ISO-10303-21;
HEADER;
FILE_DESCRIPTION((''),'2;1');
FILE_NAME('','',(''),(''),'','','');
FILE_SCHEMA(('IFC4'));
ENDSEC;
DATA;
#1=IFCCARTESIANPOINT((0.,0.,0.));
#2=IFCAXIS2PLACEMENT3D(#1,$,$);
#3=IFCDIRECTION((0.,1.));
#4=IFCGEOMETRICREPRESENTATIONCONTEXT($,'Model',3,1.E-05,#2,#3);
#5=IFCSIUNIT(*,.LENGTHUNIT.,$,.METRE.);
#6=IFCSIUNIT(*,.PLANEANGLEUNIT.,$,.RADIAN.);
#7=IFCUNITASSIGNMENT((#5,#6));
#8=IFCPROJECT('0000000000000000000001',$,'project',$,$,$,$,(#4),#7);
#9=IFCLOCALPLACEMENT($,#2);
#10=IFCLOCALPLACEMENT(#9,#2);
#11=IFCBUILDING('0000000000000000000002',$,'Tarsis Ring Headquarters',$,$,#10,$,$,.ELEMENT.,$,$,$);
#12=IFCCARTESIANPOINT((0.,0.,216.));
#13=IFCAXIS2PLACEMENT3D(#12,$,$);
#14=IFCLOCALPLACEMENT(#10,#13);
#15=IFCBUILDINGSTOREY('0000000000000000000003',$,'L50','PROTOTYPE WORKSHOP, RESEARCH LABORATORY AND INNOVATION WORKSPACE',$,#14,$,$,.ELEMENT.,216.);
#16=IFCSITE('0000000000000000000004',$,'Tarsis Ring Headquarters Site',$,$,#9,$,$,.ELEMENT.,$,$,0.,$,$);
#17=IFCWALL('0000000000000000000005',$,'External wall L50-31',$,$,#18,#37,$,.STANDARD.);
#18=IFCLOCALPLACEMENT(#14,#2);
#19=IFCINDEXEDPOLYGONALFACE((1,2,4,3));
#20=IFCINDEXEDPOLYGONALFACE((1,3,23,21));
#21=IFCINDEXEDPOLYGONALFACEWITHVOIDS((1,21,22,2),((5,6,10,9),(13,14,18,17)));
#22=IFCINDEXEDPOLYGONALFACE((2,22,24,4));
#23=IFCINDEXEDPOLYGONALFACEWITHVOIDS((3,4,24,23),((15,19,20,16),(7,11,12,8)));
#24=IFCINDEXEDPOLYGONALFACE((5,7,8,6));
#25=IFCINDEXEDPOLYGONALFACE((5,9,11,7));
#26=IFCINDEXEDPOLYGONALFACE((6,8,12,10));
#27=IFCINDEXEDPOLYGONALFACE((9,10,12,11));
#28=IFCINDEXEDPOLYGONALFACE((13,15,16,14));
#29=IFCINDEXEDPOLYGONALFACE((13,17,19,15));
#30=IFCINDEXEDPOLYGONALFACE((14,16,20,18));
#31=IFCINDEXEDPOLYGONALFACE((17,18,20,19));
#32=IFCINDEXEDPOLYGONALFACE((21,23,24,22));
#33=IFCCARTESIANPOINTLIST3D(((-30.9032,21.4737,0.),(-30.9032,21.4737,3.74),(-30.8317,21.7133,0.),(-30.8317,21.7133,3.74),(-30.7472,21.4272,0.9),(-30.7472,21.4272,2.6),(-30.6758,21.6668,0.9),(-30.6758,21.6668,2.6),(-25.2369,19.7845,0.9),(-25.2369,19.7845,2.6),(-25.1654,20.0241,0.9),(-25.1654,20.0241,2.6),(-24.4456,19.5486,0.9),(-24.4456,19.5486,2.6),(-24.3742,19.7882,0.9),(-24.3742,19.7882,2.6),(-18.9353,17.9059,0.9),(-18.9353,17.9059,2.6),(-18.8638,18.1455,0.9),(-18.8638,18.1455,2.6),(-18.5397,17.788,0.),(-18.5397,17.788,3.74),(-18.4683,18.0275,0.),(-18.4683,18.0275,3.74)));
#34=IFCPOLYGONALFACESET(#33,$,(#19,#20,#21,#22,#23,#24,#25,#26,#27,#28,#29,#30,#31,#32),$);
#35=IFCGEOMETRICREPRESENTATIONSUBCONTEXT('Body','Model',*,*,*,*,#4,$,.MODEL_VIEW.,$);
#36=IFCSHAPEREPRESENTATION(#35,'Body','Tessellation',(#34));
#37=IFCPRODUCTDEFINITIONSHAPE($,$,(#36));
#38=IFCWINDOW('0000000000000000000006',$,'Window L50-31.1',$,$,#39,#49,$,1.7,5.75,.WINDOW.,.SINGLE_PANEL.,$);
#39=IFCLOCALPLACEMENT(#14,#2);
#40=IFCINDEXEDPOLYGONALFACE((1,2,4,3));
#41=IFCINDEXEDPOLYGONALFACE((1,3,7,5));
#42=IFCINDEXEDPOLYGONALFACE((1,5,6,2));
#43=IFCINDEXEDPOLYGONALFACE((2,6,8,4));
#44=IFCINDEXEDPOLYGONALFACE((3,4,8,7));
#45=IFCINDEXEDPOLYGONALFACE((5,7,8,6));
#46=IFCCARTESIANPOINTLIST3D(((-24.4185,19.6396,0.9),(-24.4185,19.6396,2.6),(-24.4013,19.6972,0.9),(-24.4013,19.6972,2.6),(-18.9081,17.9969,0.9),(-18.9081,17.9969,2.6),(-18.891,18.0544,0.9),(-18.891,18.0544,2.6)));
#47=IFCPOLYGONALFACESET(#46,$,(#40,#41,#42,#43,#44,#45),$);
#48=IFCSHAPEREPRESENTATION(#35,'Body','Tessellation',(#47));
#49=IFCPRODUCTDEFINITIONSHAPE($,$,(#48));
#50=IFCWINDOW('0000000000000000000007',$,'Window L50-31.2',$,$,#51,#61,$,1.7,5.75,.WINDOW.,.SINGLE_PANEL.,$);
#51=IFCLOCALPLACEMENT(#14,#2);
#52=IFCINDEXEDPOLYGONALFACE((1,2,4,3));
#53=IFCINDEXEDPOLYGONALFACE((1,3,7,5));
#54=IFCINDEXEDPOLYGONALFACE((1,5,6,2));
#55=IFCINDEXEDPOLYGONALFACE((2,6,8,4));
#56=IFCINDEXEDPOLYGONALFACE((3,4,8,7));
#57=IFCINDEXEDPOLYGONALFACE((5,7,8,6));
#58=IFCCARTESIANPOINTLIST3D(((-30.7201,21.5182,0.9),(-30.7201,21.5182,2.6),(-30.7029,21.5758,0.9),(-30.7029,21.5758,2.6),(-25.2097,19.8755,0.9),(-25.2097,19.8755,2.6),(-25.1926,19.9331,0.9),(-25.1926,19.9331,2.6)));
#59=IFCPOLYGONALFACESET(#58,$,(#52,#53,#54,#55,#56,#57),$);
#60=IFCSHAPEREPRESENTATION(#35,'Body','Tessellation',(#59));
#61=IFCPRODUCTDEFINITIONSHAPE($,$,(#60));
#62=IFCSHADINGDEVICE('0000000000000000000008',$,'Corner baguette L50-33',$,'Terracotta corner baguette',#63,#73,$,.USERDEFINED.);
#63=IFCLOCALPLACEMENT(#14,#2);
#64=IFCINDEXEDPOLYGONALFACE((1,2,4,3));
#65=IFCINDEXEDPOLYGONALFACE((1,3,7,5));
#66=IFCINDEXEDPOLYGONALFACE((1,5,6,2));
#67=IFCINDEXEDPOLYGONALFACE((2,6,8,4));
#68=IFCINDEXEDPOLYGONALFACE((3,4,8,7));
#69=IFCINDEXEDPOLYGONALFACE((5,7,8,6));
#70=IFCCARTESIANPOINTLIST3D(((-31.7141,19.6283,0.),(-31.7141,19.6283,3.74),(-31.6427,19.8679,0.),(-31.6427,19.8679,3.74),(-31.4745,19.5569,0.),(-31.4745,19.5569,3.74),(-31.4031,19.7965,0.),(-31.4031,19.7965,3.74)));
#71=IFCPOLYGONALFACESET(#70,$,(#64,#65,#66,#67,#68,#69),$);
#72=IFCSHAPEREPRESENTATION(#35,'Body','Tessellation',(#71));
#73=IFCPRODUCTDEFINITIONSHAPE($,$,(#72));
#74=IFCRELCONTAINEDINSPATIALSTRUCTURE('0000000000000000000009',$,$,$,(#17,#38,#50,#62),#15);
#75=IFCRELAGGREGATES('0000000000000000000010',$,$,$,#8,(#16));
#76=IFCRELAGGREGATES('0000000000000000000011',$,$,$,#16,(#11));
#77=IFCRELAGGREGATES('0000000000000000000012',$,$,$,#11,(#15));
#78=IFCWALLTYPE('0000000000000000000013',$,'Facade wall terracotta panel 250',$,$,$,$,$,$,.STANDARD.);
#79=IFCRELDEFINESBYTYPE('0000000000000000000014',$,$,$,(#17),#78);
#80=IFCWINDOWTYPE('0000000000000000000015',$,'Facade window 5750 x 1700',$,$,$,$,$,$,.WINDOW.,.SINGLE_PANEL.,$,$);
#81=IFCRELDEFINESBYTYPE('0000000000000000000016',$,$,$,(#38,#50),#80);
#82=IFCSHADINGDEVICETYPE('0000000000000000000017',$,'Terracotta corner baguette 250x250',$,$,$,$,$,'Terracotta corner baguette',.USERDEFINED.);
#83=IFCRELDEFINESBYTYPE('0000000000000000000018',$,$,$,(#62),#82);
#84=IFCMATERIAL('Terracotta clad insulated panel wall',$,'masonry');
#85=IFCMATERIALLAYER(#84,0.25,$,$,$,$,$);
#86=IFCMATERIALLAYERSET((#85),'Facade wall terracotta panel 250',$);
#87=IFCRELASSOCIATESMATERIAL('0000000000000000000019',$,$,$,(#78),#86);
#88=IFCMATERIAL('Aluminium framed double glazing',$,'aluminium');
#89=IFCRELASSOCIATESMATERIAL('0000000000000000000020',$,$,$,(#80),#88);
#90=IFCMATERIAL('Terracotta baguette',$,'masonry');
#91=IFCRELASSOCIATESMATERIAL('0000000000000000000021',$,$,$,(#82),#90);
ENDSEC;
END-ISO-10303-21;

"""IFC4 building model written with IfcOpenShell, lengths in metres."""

from ifc_helpers import new_model, si_unit, direction, frame, frame_2d, origin, origin_2d, place, context, subcontext, project, spatial, rectangle, extrude, material, layer, layer_set, type_object, element, fill, save


model = new_model("IFC4")

# Units and contexts
model_context = context("Model", 3, precision=1e-05, world=origin(), true_north=direction((0.0, 1.0)))
body_context = subcontext(model_context, "Body", "Model", "MODEL_VIEW")
ifc_project = project(units=[si_unit("LENGTHUNIT", "METRE"), si_unit("PLANEANGLEUNIT", "RADIAN")], contexts=[model_context])

# Site, building, storey
site_placement = place(None, origin())
site = spatial("IfcSite", under=ifc_project, at=site_placement, Name="Tarsis Ring Headquarters Site", CompositionType="ELEMENT", RefElevation=0.0)
building_placement = place(site_placement, origin())
building = spatial("IfcBuilding", under=site, at=building_placement, Name="Tarsis Ring Headquarters", CompositionType="ELEMENT")
storey_placement = place(building_placement, frame((0.0, 0.0, 216.0)))
storey = spatial("IfcBuildingStorey", under=building, at=storey_placement, Name="L50", Description="PROTOTYPE WORKSHOP, RESEARCH LABORATORY AND INNOVATION WORKSPACE", CompositionType="ELEMENT", Elevation=216.0)

# Shared definitions
ifc_material_1 = material(Name="Terracotta clad insulated panel wall", Category="masonry")
ifc_layer_1 = layer(ifc_material_1, 0.25)
ifc_layer_set_1 = layer_set([ifc_layer_1], Name="Facade wall terracotta panel 250")
wall_type_1 = type_object("IfcWallType", Name="Facade wall terracotta panel 250", PredefinedType="STANDARD", material=ifc_layer_set_1)
ifc_material_2 = material(Name="Aluminium framed double glazing", Category="aluminium")

# Wall, openings, windows
wall_1_placement = place(storey_placement, frame((-18.5039, 17.9077, 0.0), z_axis=(0.0, 0.0, 1.0), x_axis=(-0.958321, 0.285693, 0.0)))
wall_1 = element("IfcWall", 1, at=wall_1_placement, inside=storey, type_object=wall_type_1, Name="External wall L50-31", PredefinedType="STANDARD", context=body_context, shape_type="SweptSolid", body=[
    extrude(rectangle(XDim=12.9011, YDim=0.25, at=frame_2d((6.4507, 0.0))), origin(), (0.0, 0.0, 1.0), 3.74),
])
opening_1_placement = place(wall_1_placement, frame((0.4128, 0.0, 0.8999)))
opening_1 = element("IfcOpeningElement", 2, at=opening_1_placement, cuts=wall_1, PredefinedType="OPENING", context=body_context, shape_type="SweptSolid", body=[
    extrude(rectangle(XDim=5.75, YDim=1.7, at=frame_2d((2.875, 0.8501))), frame((0.0, 0.135, 0.0), z_axis=(0.0, -1.0, 0.0), x_axis=(1.0, 0.0, 0.0)), (0.0, 0.0, 1.0), 0.27),
])
opening_2_placement = place(wall_1_placement, frame((6.9885, 0.0, 0.8999)))
opening_2 = element("IfcOpeningElement", 3, at=opening_2_placement, cuts=wall_1, PredefinedType="OPENING", context=body_context, shape_type="SweptSolid", body=[
    extrude(rectangle(XDim=5.75, YDim=1.7, at=frame_2d((2.875, 0.8501))), frame((0.0, 0.135, 0.0), z_axis=(0.0, -1.0, 0.0), x_axis=(1.0, 0.0, 0.0)), (0.0, 0.0, 1.0), 0.27),
])
window_type_1 = type_object("IfcWindowType", Name="Facade window 5750 x 1700", PartitioningType="SINGLE_PANEL", PredefinedType="WINDOW", material=ifc_material_2)
window_1_placement = place(opening_1_placement, origin())
window_1 = element("IfcWindow", 4, at=window_1_placement, inside=storey, type_object=window_type_1, Name="Window L50-31.1", OverallHeight=1.7, OverallWidth=5.75, PartitioningType="SINGLE_PANEL", PredefinedType="WINDOW", context=body_context, shape_type="SweptSolid", body=[
    extrude(rectangle(XDim=5.75, YDim=1.7, at=frame_2d((2.875, 0.8501))), frame((0.0, 0.03, 0.0), z_axis=(0.0, -1.0, 0.0), x_axis=(1.0, 0.0, 0.0)), (0.0, 0.0, 1.0), 0.0601),
])
fill(opening_1, window_1)
window_2_placement = place(opening_2_placement, origin())
window_2 = element("IfcWindow", 5, at=window_2_placement, inside=storey, type_object=window_type_1, Name="Window L50-31.2", OverallHeight=1.7, OverallWidth=5.75, PartitioningType="SINGLE_PANEL", PredefinedType="WINDOW", context=body_context, shape_type="SweptSolid", body=[
    extrude(rectangle(XDim=5.75, YDim=1.7, at=frame_2d((2.875, 0.8501))), frame((0.0, 0.03, 0.0), z_axis=(0.0, -1.0, 0.0), x_axis=(1.0, 0.0, 0.0)), (0.0, 0.0, 1.0), 0.0601),
])
fill(opening_2, window_2)

# Shading device
ifc_material_3 = material(Name="Terracotta baguette", Category="masonry")
shading_device_type = type_object("IfcShadingDeviceType", Name="Terracotta corner baguette 250x250", ElementType="Terracotta corner baguette", PredefinedType="USERDEFINED", material=ifc_material_3)
shading_device_placement = place(storey_placement, frame((-31.5586, 19.7124, 0.0), z_axis=(0.0, 0.0, 1.0), x_axis=(-0.285689, -0.958323, 0.0)))
element("IfcShadingDevice", 6, at=shading_device_placement, inside=storey, type_object=shading_device_type, Name="Corner baguette L50-33", ObjectType="Terracotta corner baguette", PredefinedType="USERDEFINED", context=body_context, shape_type="SweptSolid", body=[
    extrude(rectangle(XDim=0.25, YDim=0.25, at=origin_2d()), origin(), (0.0, 0.0, 1.0), 3.74),
])

save(model, "model.ifc")
